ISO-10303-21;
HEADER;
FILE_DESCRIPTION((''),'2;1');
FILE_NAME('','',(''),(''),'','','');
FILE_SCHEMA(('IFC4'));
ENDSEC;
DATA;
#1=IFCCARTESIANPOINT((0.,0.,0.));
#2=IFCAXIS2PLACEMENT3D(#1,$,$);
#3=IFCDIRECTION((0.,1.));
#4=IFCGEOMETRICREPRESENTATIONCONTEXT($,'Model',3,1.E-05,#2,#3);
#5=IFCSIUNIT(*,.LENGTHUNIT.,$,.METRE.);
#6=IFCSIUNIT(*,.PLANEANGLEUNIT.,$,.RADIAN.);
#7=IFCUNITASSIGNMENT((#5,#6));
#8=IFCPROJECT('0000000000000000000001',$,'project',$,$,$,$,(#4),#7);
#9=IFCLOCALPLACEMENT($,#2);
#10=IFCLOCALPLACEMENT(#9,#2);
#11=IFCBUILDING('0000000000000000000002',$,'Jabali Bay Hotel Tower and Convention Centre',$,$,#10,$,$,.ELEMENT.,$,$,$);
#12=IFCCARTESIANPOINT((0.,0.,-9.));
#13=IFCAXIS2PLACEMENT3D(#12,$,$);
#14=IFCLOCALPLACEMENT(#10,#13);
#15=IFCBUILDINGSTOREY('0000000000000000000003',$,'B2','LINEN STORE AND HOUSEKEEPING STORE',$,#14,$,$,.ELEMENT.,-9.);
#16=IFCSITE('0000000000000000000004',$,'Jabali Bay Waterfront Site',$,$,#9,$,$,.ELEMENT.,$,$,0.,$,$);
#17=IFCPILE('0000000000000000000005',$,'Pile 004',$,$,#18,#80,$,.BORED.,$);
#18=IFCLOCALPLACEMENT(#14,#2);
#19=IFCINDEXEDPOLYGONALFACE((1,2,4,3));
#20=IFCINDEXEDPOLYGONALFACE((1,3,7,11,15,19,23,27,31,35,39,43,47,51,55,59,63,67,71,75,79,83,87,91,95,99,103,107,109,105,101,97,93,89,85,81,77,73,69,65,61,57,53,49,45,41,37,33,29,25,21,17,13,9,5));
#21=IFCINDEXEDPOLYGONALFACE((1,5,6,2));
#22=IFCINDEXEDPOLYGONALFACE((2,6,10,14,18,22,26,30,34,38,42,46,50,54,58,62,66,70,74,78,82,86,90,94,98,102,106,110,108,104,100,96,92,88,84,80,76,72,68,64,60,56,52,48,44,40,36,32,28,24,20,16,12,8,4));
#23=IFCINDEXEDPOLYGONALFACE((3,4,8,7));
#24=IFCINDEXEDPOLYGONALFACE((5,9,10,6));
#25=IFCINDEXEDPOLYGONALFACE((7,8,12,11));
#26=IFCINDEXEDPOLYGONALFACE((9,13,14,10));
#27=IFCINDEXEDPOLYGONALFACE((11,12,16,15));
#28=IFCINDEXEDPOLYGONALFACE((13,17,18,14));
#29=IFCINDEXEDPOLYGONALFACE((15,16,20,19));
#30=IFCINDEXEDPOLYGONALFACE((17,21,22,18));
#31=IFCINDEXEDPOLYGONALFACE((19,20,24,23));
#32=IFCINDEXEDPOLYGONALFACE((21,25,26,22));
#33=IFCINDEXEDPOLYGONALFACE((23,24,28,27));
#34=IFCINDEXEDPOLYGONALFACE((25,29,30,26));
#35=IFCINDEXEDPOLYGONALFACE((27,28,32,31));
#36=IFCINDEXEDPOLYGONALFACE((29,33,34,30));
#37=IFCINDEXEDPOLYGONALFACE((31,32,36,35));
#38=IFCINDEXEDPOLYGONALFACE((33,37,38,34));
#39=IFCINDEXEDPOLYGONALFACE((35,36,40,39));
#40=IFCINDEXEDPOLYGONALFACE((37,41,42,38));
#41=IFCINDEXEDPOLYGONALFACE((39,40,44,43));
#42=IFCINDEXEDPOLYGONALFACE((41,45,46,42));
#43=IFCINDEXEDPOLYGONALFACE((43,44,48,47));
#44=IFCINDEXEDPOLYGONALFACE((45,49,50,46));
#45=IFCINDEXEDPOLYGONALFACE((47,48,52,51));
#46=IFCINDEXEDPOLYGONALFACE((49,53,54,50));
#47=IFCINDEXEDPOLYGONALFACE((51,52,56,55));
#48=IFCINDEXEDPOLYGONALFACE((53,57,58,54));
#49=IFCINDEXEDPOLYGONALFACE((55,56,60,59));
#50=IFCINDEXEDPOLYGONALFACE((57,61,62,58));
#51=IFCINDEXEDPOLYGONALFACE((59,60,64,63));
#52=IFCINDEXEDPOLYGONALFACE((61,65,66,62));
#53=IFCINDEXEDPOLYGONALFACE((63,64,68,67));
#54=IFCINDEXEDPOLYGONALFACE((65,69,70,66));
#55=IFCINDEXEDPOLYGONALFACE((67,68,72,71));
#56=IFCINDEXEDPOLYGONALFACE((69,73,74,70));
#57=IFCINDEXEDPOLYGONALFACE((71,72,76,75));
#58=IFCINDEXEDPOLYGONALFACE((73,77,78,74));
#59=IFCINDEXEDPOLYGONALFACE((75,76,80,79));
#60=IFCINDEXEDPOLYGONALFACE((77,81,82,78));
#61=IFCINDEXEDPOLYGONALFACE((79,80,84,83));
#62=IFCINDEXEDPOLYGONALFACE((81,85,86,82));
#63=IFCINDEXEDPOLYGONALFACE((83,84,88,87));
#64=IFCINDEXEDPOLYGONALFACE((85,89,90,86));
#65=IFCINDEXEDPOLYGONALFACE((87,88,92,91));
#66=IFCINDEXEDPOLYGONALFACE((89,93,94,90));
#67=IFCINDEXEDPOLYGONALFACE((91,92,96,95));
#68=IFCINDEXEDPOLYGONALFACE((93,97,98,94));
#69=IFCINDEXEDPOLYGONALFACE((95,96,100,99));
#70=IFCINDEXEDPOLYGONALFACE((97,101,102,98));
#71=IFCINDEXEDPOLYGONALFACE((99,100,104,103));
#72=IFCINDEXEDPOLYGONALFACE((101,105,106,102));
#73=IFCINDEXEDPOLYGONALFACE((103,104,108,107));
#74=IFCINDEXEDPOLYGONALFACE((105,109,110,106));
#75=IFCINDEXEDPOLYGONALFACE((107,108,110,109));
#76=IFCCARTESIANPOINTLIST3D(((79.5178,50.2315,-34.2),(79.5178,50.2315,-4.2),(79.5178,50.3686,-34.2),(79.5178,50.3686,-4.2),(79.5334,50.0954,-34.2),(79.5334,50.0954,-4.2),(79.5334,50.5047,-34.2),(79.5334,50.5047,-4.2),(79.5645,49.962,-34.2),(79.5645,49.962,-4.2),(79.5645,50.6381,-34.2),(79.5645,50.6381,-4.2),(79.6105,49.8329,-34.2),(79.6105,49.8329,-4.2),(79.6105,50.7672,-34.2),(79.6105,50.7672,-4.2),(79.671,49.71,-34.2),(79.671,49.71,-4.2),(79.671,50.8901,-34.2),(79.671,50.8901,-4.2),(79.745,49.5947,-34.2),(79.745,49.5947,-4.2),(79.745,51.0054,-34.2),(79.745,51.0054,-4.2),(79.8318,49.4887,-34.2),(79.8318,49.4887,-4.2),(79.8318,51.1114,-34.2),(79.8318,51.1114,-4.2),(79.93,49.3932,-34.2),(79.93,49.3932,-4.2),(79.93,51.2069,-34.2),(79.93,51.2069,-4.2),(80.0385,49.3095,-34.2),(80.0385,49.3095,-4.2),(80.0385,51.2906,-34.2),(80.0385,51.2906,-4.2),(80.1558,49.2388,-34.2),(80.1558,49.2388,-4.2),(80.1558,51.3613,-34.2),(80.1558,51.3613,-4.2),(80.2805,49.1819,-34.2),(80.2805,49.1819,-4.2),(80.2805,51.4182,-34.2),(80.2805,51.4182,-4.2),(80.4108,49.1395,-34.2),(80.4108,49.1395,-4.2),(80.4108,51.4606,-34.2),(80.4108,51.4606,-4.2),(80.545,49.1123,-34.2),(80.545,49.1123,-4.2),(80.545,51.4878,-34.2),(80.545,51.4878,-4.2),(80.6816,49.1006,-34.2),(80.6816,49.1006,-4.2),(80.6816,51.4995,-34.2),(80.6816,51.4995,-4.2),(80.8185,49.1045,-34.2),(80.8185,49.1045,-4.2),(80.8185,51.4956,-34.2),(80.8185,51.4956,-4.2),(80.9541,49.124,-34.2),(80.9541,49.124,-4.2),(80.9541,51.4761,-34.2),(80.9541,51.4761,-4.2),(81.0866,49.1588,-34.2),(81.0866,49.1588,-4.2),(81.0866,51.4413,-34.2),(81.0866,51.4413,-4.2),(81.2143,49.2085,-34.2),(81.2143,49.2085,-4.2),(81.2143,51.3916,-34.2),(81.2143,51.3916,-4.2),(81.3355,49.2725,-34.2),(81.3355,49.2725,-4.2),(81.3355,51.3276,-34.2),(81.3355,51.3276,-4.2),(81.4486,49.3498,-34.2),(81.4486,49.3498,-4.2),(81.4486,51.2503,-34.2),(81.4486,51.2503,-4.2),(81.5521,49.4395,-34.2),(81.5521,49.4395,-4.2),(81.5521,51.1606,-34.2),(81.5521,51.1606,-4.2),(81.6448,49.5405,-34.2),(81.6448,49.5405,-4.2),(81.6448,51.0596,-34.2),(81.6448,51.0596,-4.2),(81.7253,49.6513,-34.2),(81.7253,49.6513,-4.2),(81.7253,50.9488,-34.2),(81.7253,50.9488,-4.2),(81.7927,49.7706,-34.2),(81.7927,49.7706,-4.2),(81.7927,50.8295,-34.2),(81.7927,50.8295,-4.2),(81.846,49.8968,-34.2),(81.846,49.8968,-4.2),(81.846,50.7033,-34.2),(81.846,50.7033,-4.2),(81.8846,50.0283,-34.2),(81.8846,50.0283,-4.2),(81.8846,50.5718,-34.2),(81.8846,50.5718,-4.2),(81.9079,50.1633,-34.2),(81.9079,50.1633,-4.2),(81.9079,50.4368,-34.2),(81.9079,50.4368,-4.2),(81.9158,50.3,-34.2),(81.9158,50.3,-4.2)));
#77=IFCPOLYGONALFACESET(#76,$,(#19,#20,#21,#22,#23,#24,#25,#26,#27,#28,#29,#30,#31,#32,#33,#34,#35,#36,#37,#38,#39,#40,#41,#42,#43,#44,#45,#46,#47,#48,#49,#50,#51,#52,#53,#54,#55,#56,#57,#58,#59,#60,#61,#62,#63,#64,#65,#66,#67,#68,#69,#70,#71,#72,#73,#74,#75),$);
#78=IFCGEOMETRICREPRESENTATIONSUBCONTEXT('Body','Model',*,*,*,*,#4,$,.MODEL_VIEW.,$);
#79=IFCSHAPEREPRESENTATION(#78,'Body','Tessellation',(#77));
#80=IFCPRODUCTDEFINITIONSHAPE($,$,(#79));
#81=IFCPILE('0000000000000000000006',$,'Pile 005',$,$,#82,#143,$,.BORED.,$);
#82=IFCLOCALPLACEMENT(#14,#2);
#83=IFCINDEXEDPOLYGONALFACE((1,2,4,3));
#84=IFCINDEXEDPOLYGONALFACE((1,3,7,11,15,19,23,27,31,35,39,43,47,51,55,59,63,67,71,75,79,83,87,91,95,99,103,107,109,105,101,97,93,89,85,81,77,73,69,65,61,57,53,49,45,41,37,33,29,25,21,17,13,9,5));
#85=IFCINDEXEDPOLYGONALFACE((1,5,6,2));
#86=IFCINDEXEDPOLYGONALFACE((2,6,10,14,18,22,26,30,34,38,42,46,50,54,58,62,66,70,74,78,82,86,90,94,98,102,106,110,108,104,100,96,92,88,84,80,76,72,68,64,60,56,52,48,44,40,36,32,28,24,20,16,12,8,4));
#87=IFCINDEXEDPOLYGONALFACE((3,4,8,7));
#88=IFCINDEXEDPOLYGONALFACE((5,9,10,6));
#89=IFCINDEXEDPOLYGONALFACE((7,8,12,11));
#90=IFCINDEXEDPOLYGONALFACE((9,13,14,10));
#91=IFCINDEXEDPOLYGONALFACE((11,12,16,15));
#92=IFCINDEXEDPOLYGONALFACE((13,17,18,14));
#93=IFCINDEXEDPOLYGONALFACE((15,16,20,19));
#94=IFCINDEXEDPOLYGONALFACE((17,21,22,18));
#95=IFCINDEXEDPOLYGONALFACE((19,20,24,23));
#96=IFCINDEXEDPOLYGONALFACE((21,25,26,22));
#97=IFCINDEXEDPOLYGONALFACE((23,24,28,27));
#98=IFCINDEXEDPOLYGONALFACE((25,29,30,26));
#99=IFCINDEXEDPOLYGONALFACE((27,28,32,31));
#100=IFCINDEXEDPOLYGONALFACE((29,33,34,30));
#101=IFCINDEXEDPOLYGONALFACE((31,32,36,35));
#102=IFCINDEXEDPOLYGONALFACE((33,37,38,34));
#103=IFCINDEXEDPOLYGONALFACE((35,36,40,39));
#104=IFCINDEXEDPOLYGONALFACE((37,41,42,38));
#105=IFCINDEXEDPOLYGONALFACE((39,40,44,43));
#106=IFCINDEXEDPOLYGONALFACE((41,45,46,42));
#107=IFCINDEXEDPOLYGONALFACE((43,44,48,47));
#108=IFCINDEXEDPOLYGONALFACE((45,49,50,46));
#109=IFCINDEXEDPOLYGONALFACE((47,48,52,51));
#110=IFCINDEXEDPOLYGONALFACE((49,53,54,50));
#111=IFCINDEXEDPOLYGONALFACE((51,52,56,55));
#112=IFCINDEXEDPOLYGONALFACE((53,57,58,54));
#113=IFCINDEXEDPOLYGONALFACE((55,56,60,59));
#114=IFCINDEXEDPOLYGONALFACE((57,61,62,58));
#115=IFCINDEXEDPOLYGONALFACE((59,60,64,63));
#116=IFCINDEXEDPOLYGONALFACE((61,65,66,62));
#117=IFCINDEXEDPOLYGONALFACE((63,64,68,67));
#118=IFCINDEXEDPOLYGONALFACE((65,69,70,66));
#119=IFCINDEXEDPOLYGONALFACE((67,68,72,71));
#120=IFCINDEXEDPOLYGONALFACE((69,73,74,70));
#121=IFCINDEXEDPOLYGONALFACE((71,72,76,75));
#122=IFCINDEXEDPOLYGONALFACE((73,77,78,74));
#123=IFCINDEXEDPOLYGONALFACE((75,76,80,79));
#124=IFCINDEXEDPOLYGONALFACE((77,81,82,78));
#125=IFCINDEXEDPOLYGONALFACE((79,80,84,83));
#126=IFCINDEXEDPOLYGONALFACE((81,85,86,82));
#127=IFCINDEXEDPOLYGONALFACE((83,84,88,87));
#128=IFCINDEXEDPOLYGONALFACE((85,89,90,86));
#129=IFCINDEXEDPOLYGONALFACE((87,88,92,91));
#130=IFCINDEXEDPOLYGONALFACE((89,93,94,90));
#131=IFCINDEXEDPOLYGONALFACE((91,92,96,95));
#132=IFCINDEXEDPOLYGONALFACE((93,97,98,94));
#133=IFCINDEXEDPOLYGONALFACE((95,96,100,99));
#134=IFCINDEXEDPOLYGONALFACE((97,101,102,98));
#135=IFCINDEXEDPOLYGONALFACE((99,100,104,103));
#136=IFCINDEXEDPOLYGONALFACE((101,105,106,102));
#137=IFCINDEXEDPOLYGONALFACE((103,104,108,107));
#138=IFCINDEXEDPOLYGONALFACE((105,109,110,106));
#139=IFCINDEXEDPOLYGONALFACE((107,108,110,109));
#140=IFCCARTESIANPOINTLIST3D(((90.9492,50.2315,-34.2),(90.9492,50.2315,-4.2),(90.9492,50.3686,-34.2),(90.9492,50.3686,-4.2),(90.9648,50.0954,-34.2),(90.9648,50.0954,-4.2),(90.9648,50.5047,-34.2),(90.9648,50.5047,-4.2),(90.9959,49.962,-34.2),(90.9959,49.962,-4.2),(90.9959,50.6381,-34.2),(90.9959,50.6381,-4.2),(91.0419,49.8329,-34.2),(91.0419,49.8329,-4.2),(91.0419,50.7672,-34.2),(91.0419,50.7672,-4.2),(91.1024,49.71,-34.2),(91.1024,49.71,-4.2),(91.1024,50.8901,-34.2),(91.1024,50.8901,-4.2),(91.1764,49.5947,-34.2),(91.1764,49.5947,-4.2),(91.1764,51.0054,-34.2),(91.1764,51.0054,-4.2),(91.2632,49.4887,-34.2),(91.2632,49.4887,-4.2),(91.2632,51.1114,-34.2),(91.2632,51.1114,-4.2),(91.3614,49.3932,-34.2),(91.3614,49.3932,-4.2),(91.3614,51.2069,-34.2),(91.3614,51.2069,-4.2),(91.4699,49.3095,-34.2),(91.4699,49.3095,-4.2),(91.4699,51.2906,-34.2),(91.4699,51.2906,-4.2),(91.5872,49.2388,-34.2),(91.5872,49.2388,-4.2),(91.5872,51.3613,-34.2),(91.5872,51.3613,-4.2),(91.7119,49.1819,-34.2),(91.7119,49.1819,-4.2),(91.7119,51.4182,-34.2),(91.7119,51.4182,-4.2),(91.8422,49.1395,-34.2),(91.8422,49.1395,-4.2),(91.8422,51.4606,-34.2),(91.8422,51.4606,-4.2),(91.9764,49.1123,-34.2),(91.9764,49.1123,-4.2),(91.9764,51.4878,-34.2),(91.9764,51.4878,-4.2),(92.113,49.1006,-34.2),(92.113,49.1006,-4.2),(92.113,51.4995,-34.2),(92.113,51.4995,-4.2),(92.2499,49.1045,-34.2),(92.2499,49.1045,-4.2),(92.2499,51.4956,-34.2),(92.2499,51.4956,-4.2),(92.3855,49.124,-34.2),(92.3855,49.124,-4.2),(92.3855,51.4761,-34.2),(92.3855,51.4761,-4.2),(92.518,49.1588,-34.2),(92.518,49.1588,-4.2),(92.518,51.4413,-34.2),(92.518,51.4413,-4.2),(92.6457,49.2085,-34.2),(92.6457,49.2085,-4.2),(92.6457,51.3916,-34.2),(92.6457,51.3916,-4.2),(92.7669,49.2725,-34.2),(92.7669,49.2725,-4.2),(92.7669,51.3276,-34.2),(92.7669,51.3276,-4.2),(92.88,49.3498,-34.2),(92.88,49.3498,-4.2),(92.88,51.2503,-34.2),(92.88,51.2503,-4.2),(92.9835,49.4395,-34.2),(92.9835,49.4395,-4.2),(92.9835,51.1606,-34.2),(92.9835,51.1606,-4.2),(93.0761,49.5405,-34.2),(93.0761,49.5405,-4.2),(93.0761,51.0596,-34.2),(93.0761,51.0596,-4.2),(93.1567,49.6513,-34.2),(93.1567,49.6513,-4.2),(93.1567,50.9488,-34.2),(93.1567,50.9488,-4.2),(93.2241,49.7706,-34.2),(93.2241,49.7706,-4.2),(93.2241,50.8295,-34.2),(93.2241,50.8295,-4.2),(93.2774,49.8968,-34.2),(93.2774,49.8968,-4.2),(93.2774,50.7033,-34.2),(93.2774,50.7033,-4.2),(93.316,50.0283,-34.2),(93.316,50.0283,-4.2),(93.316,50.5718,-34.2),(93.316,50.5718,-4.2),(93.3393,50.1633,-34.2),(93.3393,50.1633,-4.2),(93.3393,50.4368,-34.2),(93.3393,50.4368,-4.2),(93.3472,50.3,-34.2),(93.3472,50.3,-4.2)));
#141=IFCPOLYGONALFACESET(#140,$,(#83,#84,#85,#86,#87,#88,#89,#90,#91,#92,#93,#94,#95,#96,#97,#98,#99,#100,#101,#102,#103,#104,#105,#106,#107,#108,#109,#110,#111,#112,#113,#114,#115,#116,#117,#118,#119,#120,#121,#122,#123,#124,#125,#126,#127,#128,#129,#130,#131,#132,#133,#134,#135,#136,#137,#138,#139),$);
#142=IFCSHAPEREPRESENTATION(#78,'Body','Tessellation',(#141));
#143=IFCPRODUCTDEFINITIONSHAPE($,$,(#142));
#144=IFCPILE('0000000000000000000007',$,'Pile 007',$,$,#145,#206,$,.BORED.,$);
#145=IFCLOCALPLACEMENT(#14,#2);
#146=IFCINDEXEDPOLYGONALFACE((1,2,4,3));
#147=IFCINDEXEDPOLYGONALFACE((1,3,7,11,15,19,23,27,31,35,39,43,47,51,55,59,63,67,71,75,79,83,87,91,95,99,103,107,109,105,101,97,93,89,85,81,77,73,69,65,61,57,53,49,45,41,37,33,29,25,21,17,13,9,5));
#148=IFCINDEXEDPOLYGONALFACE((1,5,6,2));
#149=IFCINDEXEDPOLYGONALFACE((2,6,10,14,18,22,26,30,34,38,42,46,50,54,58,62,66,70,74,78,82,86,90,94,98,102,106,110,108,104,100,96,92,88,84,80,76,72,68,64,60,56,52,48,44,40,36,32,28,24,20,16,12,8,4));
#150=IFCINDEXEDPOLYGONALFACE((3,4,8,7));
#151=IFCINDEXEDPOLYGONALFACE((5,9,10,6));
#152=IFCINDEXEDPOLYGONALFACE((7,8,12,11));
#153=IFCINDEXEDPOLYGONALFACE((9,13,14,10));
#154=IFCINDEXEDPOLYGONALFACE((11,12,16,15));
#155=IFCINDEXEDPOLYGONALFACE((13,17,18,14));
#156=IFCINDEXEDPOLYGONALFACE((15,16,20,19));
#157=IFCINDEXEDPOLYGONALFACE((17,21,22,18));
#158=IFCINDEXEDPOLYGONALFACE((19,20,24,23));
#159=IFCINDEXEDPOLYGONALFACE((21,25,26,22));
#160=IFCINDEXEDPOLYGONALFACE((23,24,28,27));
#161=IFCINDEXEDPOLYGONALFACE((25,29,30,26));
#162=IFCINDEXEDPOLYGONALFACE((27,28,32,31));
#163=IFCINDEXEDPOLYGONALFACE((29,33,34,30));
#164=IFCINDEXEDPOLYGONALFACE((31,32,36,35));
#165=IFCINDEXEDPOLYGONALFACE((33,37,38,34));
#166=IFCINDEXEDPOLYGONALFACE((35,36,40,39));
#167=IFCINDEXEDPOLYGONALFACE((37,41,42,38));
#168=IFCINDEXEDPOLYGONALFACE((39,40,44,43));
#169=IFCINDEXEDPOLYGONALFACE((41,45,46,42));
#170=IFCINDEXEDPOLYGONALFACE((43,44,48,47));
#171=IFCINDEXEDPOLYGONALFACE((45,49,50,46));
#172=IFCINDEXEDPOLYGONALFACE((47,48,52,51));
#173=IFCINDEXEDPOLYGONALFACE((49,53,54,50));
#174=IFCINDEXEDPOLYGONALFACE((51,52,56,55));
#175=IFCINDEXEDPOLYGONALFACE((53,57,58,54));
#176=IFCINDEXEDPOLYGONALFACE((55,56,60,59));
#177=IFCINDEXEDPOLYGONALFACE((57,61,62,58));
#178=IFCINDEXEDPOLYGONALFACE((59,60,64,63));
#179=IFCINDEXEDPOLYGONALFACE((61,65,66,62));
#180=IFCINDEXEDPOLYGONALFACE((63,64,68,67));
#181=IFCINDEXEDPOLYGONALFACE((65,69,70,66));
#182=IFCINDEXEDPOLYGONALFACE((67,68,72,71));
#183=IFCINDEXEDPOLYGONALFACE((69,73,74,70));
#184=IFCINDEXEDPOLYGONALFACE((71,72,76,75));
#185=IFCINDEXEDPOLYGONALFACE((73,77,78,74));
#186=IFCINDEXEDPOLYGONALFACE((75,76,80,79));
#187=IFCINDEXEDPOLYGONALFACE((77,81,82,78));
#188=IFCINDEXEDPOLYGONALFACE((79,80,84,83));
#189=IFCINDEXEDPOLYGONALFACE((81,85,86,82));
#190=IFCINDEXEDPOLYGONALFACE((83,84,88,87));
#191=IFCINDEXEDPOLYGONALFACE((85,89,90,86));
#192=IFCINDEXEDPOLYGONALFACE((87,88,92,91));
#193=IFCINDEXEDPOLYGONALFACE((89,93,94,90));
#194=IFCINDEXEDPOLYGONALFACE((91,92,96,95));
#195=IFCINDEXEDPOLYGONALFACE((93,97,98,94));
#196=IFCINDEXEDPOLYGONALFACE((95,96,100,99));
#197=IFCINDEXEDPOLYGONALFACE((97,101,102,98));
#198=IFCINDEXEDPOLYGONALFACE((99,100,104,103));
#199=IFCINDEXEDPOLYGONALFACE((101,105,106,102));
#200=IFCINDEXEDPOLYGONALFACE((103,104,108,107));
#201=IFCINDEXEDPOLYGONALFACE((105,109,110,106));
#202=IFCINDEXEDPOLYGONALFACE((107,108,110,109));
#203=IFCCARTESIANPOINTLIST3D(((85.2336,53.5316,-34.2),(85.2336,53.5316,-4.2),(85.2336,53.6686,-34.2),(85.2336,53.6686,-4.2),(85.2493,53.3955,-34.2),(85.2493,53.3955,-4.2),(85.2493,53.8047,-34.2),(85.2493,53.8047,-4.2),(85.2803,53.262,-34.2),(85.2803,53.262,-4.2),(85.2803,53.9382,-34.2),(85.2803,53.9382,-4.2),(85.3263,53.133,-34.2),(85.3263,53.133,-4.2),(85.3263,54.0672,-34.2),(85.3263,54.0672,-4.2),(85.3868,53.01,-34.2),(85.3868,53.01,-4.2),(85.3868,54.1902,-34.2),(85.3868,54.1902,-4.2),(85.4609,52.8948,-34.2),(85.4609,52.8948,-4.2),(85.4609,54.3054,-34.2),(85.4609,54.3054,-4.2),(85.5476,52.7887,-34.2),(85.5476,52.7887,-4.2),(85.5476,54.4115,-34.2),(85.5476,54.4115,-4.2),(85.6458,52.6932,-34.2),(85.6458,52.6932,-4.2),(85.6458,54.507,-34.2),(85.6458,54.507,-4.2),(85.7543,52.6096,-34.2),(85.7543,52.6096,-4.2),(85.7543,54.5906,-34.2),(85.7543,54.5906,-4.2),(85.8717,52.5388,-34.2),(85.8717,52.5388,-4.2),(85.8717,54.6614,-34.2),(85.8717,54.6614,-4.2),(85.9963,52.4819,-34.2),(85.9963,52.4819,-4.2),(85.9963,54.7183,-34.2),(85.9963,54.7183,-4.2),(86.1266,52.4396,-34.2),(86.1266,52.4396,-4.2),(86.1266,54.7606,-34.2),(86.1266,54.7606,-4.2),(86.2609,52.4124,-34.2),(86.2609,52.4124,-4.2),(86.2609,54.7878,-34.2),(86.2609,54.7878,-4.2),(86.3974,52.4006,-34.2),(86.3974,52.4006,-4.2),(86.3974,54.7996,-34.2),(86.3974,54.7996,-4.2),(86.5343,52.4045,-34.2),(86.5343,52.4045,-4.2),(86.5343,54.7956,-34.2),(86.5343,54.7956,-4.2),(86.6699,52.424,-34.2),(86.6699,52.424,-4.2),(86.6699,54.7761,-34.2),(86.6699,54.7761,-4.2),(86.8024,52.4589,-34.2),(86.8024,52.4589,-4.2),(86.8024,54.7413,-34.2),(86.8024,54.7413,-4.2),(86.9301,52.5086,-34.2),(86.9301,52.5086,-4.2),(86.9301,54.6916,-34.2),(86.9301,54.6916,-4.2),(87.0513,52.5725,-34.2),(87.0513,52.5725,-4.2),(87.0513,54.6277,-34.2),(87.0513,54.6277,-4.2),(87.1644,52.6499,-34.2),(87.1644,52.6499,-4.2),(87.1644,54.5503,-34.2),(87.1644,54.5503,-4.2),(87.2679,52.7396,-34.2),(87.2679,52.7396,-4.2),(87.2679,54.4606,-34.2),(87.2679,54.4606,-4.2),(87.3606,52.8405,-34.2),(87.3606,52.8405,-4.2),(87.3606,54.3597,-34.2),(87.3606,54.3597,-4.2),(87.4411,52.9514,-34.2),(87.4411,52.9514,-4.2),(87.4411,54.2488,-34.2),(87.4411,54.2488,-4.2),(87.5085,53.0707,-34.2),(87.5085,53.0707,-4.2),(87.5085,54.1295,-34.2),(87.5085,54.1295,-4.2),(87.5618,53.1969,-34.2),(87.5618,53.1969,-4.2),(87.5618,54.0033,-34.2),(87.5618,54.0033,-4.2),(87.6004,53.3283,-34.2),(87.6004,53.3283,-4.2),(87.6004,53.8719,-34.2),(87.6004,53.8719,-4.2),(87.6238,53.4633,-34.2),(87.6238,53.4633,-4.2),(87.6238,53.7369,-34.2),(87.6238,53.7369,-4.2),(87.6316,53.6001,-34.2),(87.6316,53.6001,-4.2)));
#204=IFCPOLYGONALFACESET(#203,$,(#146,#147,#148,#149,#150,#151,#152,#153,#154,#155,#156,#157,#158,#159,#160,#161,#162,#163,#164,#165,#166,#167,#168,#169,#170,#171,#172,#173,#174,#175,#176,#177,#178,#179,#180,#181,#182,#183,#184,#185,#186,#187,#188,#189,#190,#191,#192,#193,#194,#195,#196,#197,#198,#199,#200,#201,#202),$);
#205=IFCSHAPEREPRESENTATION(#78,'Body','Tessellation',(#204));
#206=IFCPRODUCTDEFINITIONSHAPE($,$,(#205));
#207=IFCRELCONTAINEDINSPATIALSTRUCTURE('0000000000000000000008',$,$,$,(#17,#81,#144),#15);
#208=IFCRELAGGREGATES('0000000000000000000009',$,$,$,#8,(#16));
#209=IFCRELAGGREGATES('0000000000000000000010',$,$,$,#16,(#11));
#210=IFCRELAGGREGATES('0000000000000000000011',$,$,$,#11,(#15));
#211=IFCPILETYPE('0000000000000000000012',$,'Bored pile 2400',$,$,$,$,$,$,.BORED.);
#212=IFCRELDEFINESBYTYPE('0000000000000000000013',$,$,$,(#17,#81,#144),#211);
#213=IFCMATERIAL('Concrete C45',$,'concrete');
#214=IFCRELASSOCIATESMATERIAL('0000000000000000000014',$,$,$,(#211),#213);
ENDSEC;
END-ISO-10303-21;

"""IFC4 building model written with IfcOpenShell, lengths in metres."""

from ifc_helpers import new_model, si_unit, direction, frame, origin, origin_2d, place, context, subcontext, project, spatial, circle, extrude, material, material_profile, profile_set, type_object, element, save


model = new_model("IFC4")

# Units and contexts
model_context = context("Model", 3, precision=1e-05, world=origin(), true_north=direction((0.0, 1.0)))
body_context = subcontext(model_context, "Body", "Model", "MODEL_VIEW")
ifc_project = project(units=[si_unit("LENGTHUNIT", "METRE"), si_unit("PLANEANGLEUNIT", "RADIAN")], contexts=[model_context])

# Site, building, storey
site_placement = place(None, origin())
site = spatial("IfcSite", under=ifc_project, at=site_placement, Name="Jabali Bay Waterfront Site", CompositionType="ELEMENT", RefElevation=0.0)
building_placement = place(site_placement, origin())
building = spatial("IfcBuilding", under=site, at=building_placement, Name="Jabali Bay Hotel Tower and Convention Centre", CompositionType="ELEMENT")
storey_placement = place(building_placement, frame((0.0, 0.0, -9.0)))
storey = spatial("IfcBuildingStorey", under=building, at=storey_placement, Name="B2", Description="LINEN STORE AND HOUSEKEEPING STORE", CompositionType="ELEMENT", Elevation=-9.0)

# Piles
ifc_material_1 = material(Name="Concrete C45", Category="concrete")
ifc_material_profile_1 = material_profile(ifc_material_1, circle(Radius=1.2, at=origin_2d()), Name="Bored pile 2400")
ifc_profile_set_1 = profile_set([ifc_material_profile_1], Name="Concrete C45")
pile_type = type_object("IfcPileType", Name="Bored pile 2400", PredefinedType="BORED", material=ifc_profile_set_1)
for number, where, z_axis, x_axis, name in (
    (1, (80.7158, 50.3, -4.2), (0.0, 0.0, -1.0), (1.0, 0.0, 0.0), "Pile 004"),
    (2, (92.1472, 50.3, -4.2), (0.0, 0.0, -1.0), (1.0, 0.0, 0.0), "Pile 005"),
    (3, (86.4316, 53.6001, -4.2), (0.0, 0.0, -1.0), (1.0, 0.0, 0.0), "Pile 007"),
):
    element("IfcPile", number, at=place(storey_placement, frame(where, z_axis=z_axis, x_axis=x_axis)), inside=storey, type_object=pile_type, Name=name, PredefinedType="BORED", context=body_context, shape_type="SweptSolid", body=[
        extrude(circle(Radius=1.2, at=origin_2d()), origin(), (0.0, 0.0, 1.0), 30.0),
    ])

save(model, "model.ifc")
